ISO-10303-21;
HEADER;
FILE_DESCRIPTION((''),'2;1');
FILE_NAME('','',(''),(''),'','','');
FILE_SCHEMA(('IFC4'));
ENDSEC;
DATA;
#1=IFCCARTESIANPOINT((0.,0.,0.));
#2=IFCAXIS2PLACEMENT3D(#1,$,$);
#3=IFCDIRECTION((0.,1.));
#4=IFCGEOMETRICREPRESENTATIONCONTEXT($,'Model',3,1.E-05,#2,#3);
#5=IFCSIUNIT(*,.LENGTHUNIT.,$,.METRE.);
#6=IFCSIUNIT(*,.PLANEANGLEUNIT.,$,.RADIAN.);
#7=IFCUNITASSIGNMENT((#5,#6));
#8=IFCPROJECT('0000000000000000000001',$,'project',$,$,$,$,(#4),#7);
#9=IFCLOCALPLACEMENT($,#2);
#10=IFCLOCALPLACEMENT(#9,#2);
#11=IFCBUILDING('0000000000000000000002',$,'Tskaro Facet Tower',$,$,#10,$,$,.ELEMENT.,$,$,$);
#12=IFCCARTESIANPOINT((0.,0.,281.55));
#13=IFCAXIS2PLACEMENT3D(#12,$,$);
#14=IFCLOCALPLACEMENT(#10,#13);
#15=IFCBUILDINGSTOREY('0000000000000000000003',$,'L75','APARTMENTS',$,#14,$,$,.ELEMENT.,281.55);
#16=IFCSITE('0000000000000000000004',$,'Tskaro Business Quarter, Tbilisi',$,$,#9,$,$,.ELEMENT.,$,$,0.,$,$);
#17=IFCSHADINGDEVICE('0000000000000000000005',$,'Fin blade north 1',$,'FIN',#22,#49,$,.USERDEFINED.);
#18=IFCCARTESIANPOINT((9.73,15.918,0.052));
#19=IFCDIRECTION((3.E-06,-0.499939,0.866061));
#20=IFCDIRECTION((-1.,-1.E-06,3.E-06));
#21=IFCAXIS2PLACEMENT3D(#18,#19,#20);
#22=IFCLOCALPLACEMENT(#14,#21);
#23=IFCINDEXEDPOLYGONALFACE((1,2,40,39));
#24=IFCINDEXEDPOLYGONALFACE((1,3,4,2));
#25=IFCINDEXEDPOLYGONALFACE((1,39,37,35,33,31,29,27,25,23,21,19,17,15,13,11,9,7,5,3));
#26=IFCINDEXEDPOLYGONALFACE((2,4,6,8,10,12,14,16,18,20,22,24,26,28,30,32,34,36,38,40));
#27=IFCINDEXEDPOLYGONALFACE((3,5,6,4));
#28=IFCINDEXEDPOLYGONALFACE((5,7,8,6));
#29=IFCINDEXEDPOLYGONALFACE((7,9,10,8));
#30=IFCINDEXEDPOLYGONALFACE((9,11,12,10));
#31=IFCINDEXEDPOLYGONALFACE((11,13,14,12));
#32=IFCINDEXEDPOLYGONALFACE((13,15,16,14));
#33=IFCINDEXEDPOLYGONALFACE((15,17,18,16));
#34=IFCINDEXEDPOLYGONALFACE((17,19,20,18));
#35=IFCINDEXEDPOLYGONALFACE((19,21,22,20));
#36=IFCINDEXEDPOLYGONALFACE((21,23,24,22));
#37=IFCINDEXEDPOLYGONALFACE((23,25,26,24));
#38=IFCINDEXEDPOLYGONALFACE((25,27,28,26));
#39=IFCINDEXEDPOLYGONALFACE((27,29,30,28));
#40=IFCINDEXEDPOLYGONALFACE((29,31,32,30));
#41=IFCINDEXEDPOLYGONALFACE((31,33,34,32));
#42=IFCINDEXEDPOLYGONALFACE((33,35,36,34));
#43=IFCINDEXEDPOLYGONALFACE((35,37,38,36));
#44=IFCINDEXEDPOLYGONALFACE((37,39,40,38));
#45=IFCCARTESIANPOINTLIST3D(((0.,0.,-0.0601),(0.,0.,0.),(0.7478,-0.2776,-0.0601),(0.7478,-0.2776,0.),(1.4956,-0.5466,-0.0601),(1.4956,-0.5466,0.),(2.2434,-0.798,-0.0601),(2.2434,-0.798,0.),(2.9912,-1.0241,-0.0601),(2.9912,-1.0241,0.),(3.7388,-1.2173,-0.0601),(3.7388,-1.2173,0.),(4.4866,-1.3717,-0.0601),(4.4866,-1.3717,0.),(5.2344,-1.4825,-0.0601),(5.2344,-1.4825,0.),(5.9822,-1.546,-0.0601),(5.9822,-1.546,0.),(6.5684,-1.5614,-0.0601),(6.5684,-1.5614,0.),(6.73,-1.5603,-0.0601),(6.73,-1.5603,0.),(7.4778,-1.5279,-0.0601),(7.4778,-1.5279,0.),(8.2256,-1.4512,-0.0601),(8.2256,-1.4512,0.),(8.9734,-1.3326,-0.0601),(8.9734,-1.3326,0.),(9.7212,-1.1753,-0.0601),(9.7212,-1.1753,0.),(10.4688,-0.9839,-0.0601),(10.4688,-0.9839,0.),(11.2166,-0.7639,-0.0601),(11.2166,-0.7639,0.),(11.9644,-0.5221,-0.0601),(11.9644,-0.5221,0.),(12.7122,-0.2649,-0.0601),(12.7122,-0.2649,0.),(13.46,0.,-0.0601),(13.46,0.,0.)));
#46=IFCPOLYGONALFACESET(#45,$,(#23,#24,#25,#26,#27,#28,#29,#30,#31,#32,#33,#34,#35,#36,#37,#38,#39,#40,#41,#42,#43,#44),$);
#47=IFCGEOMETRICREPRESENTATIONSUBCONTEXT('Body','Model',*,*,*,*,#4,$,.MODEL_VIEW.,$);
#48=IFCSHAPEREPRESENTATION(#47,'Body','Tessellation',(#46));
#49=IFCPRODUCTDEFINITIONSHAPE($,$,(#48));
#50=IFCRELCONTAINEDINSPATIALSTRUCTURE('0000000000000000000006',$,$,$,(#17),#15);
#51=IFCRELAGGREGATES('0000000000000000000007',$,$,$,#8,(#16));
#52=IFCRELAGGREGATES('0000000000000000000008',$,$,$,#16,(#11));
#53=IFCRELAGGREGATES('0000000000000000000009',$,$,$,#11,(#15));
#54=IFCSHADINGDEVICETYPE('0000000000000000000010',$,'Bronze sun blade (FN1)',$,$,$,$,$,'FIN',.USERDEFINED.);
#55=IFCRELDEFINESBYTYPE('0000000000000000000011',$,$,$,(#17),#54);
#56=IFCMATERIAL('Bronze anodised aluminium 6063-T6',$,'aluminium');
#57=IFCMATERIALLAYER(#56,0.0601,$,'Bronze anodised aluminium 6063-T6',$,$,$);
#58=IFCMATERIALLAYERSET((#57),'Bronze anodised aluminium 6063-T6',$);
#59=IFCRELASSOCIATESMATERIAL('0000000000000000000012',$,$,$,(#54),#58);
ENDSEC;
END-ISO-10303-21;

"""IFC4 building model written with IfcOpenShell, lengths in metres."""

from ifc_helpers import new_model, si_unit, direction, frame, origin, place, context, subcontext, project, spatial, polyline, outline, extrude, material, layer, layer_set, type_object, element, save


model = new_model("IFC4")

# Units and contexts
model_context = context("Model", 3, precision=1e-05, world=origin(), true_north=direction((0.0, 1.0)))
body_context = subcontext(model_context, "Body", "Model", "MODEL_VIEW")
ifc_project = project(units=[si_unit("LENGTHUNIT", "METRE"), si_unit("PLANEANGLEUNIT", "RADIAN")], contexts=[model_context])

# Site, building, storey
site_placement = place(None, origin())
site = spatial("IfcSite", under=ifc_project, at=site_placement, Name="Tskaro Business Quarter, Tbilisi", CompositionType="ELEMENT", RefElevation=0.0)
building_placement = place(site_placement, origin())
building = spatial("IfcBuilding", under=site, at=building_placement, Name="Tskaro Facet Tower", CompositionType="ELEMENT")
storey_placement = place(building_placement, frame((0.0, 0.0, 281.55)))
storey = spatial("IfcBuildingStorey", under=building, at=storey_placement, Name="L75", Description="APARTMENTS", CompositionType="ELEMENT", Elevation=281.55)

# Shared definitions
ifc_material_1 = material(Name="Bronze anodised aluminium 6063-T6", Category="aluminium")

# Shading device
ifc_layer_1 = layer(ifc_material_1, 0.0601, Name="Bronze anodised aluminium 6063-T6")
ifc_layer_set_1 = layer_set([ifc_layer_1], Name="Bronze anodised aluminium 6063-T6")
shading_device_type = type_object("IfcShadingDeviceType", Name="Bronze sun blade (FN1)", ElementType="FIN", PredefinedType="USERDEFINED", material=ifc_layer_set_1)
shading_device_placement = place(storey_placement, frame((9.73, 15.918, 0.052), z_axis=(0.000003, -0.499939, 0.866061), x_axis=(-1.0, -0.000001, 0.000003)))
element("IfcShadingDevice", 1, at=shading_device_placement, inside=storey, type_object=shading_device_type, Name="Fin blade north 1", ObjectType="FIN", PredefinedType="USERDEFINED", context=body_context, shape_type="SweptSolid", body=[
    extrude(outline(polyline([(0.0, 0.0), (13.46, 0.0), (12.7122, -0.2649), (11.9644, -0.5221), (11.2166, -0.7639), (10.4688, -0.9839), (9.7212, -1.1753), (8.9734, -1.3326), (8.2256, -1.4512), (7.4778, -1.5279), (6.73, -1.5603), (6.5684, -1.5614), (5.9822, -1.546), (5.2344, -1.4825), (4.4866, -1.3717), (3.7388, -1.2173), (2.9912, -1.0241), (2.2434, -0.798), (1.4956, -0.5466), (0.7478, -0.2776), (0.0, 0.0)])), origin(), (0.0, 0.0, -1.0), 0.0601),
])

save(model, "model.ifc")
